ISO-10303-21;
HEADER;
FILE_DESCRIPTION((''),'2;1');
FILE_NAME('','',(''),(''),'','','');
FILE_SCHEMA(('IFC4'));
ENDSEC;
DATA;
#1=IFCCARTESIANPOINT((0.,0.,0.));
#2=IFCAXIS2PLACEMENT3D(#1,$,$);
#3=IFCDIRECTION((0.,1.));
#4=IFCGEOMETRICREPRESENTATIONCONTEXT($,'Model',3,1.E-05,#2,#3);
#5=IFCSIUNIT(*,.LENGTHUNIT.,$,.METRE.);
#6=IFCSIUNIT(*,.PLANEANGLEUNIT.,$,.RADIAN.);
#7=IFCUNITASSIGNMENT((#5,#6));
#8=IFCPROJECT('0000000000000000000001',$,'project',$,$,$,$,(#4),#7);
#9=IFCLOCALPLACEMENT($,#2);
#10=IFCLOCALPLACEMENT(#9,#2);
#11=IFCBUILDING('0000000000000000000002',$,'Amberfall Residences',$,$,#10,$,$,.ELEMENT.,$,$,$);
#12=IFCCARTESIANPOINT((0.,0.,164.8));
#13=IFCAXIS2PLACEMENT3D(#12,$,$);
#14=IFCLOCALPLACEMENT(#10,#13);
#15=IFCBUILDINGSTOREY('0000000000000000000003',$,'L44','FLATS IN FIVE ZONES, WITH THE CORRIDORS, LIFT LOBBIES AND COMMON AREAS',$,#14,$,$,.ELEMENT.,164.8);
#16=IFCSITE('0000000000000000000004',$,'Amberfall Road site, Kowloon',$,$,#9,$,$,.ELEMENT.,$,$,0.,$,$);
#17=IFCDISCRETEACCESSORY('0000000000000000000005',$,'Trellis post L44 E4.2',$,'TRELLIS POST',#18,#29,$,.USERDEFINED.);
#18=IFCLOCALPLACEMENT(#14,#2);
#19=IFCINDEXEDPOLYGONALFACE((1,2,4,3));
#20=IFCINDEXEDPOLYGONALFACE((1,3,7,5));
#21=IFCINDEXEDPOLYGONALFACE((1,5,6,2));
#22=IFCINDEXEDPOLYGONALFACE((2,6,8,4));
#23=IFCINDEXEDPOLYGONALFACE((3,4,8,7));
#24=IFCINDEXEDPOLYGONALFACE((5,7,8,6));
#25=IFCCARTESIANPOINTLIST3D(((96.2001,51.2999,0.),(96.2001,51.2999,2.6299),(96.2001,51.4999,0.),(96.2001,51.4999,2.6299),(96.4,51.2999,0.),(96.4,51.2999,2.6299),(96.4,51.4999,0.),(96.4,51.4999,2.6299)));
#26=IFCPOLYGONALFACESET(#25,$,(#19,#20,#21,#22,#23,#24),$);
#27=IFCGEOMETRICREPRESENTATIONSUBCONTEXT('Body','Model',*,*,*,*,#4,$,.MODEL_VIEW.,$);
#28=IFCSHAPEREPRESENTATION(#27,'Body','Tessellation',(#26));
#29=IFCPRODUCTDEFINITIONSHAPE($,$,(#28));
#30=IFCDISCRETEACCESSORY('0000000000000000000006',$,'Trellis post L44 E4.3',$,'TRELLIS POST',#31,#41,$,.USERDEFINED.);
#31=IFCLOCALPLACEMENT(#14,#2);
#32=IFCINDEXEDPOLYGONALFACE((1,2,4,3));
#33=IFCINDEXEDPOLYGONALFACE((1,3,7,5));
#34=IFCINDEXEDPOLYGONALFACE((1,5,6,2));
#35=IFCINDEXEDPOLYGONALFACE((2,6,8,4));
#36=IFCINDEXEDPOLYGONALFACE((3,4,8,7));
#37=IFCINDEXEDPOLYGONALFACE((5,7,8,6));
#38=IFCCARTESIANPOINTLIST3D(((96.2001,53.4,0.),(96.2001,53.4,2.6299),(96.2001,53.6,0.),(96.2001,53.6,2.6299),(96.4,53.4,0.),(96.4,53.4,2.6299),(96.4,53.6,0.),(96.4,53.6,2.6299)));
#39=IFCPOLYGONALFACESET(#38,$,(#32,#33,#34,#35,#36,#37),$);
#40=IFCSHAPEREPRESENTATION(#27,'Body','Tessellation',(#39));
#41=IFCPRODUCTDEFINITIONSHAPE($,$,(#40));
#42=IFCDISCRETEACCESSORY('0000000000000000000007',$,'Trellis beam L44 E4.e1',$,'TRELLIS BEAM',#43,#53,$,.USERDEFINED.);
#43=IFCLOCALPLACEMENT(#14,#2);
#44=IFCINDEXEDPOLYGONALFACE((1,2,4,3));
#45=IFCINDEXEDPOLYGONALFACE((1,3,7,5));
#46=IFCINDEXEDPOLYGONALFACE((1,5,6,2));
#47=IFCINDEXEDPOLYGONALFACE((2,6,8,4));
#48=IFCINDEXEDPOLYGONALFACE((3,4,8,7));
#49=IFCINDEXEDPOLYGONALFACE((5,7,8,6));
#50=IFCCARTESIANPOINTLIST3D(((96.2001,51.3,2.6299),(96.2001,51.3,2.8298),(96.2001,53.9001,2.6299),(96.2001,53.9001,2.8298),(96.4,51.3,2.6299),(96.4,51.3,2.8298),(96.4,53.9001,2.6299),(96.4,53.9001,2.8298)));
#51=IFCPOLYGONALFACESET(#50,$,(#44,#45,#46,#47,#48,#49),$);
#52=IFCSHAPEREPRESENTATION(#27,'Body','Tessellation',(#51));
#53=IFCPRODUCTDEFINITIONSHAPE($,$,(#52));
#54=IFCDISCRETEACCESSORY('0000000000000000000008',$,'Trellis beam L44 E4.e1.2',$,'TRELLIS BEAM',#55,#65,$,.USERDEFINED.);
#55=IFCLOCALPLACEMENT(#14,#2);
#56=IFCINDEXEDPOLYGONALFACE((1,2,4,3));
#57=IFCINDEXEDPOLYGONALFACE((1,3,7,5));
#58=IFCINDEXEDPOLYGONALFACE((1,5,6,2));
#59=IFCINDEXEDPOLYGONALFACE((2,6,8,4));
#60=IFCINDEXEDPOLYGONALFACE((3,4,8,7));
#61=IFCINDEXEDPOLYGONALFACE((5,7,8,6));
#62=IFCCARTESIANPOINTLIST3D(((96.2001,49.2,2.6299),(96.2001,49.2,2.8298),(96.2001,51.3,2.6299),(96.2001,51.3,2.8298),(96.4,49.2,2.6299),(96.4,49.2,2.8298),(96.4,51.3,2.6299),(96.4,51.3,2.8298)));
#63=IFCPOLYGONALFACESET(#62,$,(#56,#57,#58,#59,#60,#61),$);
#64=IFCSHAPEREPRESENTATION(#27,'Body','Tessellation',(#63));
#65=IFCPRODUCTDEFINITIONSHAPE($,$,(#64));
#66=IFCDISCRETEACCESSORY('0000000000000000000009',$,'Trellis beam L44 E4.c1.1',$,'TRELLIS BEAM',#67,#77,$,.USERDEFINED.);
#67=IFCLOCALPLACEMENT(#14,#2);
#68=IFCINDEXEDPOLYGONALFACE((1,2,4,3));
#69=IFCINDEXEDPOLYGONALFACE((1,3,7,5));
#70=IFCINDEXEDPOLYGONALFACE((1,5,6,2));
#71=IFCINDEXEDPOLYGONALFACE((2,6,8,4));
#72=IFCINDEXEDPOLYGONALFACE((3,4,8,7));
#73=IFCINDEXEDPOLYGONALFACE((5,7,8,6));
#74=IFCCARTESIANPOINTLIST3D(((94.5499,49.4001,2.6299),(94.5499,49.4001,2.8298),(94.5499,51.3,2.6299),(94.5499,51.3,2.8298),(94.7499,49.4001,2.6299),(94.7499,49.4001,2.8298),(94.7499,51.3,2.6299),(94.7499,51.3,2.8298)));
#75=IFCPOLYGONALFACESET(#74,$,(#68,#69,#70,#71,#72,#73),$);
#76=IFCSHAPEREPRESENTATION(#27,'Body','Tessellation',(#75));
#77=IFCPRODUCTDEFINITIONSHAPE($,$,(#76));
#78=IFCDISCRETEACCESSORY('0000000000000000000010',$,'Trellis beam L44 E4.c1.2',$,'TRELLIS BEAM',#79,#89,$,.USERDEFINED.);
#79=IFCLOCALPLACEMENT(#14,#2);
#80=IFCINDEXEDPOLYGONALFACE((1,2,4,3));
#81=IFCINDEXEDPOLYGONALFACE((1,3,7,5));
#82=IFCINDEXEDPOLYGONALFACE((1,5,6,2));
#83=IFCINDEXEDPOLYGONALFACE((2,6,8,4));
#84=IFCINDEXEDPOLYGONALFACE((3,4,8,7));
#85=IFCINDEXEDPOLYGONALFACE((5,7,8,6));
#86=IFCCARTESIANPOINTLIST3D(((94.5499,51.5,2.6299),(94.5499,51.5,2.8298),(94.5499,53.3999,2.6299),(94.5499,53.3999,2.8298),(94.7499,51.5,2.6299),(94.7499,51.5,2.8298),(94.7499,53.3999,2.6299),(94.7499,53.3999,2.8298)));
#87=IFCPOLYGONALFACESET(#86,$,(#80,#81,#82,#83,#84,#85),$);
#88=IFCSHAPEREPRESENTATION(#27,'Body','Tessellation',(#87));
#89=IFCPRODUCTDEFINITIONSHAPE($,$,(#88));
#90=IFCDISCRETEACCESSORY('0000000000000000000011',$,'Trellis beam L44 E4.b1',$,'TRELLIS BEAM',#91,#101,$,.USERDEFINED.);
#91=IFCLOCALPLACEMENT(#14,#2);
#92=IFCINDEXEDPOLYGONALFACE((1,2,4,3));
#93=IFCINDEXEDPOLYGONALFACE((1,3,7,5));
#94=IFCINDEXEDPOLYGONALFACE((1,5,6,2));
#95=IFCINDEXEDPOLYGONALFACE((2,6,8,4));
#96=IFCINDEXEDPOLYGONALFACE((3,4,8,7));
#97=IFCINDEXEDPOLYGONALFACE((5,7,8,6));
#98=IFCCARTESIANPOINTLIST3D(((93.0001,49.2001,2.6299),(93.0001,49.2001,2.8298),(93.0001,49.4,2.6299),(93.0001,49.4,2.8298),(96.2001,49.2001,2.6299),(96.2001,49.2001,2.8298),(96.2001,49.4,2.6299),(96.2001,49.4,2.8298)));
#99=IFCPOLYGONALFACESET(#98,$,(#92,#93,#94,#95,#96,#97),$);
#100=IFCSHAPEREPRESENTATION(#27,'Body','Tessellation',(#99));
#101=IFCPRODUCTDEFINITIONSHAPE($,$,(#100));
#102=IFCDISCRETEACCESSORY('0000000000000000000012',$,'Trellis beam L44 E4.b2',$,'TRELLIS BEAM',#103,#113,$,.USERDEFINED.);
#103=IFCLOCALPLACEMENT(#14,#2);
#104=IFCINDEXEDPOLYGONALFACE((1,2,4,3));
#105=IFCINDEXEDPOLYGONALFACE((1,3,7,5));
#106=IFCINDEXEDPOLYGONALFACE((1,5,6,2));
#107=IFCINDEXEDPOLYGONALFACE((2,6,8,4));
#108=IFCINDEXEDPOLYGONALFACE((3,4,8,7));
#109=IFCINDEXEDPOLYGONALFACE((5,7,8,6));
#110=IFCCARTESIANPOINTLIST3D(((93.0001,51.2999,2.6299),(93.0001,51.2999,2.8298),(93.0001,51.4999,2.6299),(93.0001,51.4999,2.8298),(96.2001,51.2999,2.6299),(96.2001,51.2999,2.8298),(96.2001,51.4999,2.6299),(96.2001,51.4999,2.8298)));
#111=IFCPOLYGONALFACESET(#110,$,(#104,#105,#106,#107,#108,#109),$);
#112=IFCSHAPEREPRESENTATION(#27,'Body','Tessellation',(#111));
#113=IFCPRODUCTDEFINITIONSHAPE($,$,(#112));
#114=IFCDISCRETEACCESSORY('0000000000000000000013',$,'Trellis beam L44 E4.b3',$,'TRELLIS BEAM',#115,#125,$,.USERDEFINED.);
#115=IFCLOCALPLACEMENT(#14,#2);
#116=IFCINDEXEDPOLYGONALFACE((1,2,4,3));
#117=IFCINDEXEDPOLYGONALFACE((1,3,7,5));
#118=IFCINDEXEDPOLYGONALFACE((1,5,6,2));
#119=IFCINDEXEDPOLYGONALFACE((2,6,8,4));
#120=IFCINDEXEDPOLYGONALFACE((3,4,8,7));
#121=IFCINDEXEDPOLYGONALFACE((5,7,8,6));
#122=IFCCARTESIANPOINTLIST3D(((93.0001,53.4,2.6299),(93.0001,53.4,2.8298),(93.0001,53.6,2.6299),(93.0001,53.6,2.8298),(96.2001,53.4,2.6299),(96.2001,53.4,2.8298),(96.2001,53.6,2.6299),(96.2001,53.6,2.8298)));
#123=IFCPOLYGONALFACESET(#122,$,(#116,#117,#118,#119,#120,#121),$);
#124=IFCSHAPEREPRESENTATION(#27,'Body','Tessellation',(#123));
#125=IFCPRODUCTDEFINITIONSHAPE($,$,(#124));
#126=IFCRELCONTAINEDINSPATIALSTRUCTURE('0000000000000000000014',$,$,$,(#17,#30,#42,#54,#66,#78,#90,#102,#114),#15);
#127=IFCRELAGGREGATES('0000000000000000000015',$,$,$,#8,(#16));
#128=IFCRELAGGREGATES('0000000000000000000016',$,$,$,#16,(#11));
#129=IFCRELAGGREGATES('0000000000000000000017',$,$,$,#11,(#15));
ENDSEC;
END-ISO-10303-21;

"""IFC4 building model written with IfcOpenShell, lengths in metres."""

from ifc_helpers import new_model, si_unit, direction, frame, origin, origin_2d, place, context, subcontext, project, spatial, rectangle, extrude, element, save


model = new_model("IFC4")

# Units and contexts
model_context = context("Model", 3, precision=1e-05, world=origin(), true_north=direction((0.0, 1.0)))
body_context = subcontext(model_context, "Body", "Model", "MODEL_VIEW")
ifc_project = project(units=[si_unit("LENGTHUNIT", "METRE"), si_unit("PLANEANGLEUNIT", "RADIAN")], contexts=[model_context])

# Site, building, storey
site_placement = place(None, origin())
site = spatial("IfcSite", under=ifc_project, at=site_placement, Name="Amberfall Road site, Kowloon", CompositionType="ELEMENT", RefElevation=0.0)
building_placement = place(site_placement, origin())
building = spatial("IfcBuilding", under=site, at=building_placement, Name="Amberfall Residences", CompositionType="ELEMENT")
storey_placement = place(building_placement, frame((0.0, 0.0, 164.8)))
storey = spatial("IfcBuildingStorey", under=building, at=storey_placement, Name="L44", Description="FLATS IN FIVE ZONES, WITH THE CORRIDORS, LIFT LOBBIES AND COMMON AREAS", CompositionType="ELEMENT", Elevation=164.8)

# Discrete accessories
for number, where, z_axis, x_axis, name in (
    (1, (96.3, 51.3999, 0.0), (0.0, 0.0, 1.0), (1.0, 0.0, 0.0), "Trellis post L44 E4.2"),
    (2, (96.3, 53.5, 0.0), (0.0, 0.0, 1.0), (1.0, 0.0, 0.0), "Trellis post L44 E4.3"),
):
    element("IfcDiscreteAccessory", number, at=place(storey_placement, frame(where, z_axis=z_axis, x_axis=x_axis)), inside=storey, Name=name, ObjectType="TRELLIS POST", PredefinedType="USERDEFINED", context=body_context, shape_type="SweptSolid", body=[
        extrude(rectangle(XDim=0.2, YDim=0.2, at=origin_2d()), origin(), (0.0, 0.0, 1.0), 2.6299),
    ])
discrete_accessory_1_placement = place(storey_placement, frame((96.3, 52.6001, 2.6299), z_axis=(0.0, 0.0, 1.0), x_axis=(0.0, 1.0, 0.0)))
element("IfcDiscreteAccessory", 3, at=discrete_accessory_1_placement, inside=storey, Name="Trellis beam L44 E4.e1", ObjectType="TRELLIS BEAM", PredefinedType="USERDEFINED", context=body_context, shape_type="SweptSolid", body=[
    extrude(rectangle(XDim=2.6001, YDim=0.2, at=origin_2d()), origin(), (0.0, 0.0, 1.0), 0.2),
])
discrete_accessory_2_placement = place(storey_placement, frame((96.3, 50.25, 2.6299), z_axis=(0.0, 0.0, 1.0), x_axis=(0.0, 1.0, 0.0)))
element("IfcDiscreteAccessory", 4, at=discrete_accessory_2_placement, inside=storey, Name="Trellis beam L44 E4.e1.2", ObjectType="TRELLIS BEAM", PredefinedType="USERDEFINED", context=body_context, shape_type="SweptSolid", body=[
    extrude(rectangle(XDim=2.1001, YDim=0.2, at=origin_2d()), origin(), (0.0, 0.0, 1.0), 0.2),
])
for number, where, z_axis, x_axis, name in (
    (5, (94.6499, 50.3501, 2.6299), (0.0, 0.0, 1.0), (0.0, 1.0, 0.0), "Trellis beam L44 E4.c1.1"),
    (6, (94.6499, 52.45, 2.6299), (0.0, 0.0, 1.0), (0.0, 1.0, 0.0), "Trellis beam L44 E4.c1.2"),
):
    element("IfcDiscreteAccessory", number, at=place(storey_placement, frame(where, z_axis=z_axis, x_axis=x_axis)), inside=storey, Name=name, ObjectType="TRELLIS BEAM", PredefinedType="USERDEFINED", context=body_context, shape_type="SweptSolid", body=[
        extrude(rectangle(XDim=1.8999, YDim=0.2, at=origin_2d()), origin(), (0.0, 0.0, 1.0), 0.2),
    ])
for number, where, z_axis, x_axis, name in (
    (7, (94.6001, 49.3, 2.6299), (0.0, 0.0, 1.0), (-1.0, 0.0, 0.0), "Trellis beam L44 E4.b1"),
    (8, (94.6001, 51.3999, 2.6299), (0.0, 0.0, 1.0), (-1.0, 0.0, 0.0), "Trellis beam L44 E4.b2"),
    (9, (94.6001, 53.5, 2.6299), (0.0, 0.0, 1.0), (-1.0, 0.0, 0.0), "Trellis beam L44 E4.b3"),
):
    element("IfcDiscreteAccessory", number, at=place(storey_placement, frame(where, z_axis=z_axis, x_axis=x_axis)), inside=storey, Name=name, ObjectType="TRELLIS BEAM", PredefinedType="USERDEFINED", context=body_context, shape_type="SweptSolid", body=[
        extrude(rectangle(XDim=3.2, YDim=0.2, at=origin_2d()), origin(), (0.0, 0.0, 1.0), 0.2),
    ])

save(model, "model.ifc")
